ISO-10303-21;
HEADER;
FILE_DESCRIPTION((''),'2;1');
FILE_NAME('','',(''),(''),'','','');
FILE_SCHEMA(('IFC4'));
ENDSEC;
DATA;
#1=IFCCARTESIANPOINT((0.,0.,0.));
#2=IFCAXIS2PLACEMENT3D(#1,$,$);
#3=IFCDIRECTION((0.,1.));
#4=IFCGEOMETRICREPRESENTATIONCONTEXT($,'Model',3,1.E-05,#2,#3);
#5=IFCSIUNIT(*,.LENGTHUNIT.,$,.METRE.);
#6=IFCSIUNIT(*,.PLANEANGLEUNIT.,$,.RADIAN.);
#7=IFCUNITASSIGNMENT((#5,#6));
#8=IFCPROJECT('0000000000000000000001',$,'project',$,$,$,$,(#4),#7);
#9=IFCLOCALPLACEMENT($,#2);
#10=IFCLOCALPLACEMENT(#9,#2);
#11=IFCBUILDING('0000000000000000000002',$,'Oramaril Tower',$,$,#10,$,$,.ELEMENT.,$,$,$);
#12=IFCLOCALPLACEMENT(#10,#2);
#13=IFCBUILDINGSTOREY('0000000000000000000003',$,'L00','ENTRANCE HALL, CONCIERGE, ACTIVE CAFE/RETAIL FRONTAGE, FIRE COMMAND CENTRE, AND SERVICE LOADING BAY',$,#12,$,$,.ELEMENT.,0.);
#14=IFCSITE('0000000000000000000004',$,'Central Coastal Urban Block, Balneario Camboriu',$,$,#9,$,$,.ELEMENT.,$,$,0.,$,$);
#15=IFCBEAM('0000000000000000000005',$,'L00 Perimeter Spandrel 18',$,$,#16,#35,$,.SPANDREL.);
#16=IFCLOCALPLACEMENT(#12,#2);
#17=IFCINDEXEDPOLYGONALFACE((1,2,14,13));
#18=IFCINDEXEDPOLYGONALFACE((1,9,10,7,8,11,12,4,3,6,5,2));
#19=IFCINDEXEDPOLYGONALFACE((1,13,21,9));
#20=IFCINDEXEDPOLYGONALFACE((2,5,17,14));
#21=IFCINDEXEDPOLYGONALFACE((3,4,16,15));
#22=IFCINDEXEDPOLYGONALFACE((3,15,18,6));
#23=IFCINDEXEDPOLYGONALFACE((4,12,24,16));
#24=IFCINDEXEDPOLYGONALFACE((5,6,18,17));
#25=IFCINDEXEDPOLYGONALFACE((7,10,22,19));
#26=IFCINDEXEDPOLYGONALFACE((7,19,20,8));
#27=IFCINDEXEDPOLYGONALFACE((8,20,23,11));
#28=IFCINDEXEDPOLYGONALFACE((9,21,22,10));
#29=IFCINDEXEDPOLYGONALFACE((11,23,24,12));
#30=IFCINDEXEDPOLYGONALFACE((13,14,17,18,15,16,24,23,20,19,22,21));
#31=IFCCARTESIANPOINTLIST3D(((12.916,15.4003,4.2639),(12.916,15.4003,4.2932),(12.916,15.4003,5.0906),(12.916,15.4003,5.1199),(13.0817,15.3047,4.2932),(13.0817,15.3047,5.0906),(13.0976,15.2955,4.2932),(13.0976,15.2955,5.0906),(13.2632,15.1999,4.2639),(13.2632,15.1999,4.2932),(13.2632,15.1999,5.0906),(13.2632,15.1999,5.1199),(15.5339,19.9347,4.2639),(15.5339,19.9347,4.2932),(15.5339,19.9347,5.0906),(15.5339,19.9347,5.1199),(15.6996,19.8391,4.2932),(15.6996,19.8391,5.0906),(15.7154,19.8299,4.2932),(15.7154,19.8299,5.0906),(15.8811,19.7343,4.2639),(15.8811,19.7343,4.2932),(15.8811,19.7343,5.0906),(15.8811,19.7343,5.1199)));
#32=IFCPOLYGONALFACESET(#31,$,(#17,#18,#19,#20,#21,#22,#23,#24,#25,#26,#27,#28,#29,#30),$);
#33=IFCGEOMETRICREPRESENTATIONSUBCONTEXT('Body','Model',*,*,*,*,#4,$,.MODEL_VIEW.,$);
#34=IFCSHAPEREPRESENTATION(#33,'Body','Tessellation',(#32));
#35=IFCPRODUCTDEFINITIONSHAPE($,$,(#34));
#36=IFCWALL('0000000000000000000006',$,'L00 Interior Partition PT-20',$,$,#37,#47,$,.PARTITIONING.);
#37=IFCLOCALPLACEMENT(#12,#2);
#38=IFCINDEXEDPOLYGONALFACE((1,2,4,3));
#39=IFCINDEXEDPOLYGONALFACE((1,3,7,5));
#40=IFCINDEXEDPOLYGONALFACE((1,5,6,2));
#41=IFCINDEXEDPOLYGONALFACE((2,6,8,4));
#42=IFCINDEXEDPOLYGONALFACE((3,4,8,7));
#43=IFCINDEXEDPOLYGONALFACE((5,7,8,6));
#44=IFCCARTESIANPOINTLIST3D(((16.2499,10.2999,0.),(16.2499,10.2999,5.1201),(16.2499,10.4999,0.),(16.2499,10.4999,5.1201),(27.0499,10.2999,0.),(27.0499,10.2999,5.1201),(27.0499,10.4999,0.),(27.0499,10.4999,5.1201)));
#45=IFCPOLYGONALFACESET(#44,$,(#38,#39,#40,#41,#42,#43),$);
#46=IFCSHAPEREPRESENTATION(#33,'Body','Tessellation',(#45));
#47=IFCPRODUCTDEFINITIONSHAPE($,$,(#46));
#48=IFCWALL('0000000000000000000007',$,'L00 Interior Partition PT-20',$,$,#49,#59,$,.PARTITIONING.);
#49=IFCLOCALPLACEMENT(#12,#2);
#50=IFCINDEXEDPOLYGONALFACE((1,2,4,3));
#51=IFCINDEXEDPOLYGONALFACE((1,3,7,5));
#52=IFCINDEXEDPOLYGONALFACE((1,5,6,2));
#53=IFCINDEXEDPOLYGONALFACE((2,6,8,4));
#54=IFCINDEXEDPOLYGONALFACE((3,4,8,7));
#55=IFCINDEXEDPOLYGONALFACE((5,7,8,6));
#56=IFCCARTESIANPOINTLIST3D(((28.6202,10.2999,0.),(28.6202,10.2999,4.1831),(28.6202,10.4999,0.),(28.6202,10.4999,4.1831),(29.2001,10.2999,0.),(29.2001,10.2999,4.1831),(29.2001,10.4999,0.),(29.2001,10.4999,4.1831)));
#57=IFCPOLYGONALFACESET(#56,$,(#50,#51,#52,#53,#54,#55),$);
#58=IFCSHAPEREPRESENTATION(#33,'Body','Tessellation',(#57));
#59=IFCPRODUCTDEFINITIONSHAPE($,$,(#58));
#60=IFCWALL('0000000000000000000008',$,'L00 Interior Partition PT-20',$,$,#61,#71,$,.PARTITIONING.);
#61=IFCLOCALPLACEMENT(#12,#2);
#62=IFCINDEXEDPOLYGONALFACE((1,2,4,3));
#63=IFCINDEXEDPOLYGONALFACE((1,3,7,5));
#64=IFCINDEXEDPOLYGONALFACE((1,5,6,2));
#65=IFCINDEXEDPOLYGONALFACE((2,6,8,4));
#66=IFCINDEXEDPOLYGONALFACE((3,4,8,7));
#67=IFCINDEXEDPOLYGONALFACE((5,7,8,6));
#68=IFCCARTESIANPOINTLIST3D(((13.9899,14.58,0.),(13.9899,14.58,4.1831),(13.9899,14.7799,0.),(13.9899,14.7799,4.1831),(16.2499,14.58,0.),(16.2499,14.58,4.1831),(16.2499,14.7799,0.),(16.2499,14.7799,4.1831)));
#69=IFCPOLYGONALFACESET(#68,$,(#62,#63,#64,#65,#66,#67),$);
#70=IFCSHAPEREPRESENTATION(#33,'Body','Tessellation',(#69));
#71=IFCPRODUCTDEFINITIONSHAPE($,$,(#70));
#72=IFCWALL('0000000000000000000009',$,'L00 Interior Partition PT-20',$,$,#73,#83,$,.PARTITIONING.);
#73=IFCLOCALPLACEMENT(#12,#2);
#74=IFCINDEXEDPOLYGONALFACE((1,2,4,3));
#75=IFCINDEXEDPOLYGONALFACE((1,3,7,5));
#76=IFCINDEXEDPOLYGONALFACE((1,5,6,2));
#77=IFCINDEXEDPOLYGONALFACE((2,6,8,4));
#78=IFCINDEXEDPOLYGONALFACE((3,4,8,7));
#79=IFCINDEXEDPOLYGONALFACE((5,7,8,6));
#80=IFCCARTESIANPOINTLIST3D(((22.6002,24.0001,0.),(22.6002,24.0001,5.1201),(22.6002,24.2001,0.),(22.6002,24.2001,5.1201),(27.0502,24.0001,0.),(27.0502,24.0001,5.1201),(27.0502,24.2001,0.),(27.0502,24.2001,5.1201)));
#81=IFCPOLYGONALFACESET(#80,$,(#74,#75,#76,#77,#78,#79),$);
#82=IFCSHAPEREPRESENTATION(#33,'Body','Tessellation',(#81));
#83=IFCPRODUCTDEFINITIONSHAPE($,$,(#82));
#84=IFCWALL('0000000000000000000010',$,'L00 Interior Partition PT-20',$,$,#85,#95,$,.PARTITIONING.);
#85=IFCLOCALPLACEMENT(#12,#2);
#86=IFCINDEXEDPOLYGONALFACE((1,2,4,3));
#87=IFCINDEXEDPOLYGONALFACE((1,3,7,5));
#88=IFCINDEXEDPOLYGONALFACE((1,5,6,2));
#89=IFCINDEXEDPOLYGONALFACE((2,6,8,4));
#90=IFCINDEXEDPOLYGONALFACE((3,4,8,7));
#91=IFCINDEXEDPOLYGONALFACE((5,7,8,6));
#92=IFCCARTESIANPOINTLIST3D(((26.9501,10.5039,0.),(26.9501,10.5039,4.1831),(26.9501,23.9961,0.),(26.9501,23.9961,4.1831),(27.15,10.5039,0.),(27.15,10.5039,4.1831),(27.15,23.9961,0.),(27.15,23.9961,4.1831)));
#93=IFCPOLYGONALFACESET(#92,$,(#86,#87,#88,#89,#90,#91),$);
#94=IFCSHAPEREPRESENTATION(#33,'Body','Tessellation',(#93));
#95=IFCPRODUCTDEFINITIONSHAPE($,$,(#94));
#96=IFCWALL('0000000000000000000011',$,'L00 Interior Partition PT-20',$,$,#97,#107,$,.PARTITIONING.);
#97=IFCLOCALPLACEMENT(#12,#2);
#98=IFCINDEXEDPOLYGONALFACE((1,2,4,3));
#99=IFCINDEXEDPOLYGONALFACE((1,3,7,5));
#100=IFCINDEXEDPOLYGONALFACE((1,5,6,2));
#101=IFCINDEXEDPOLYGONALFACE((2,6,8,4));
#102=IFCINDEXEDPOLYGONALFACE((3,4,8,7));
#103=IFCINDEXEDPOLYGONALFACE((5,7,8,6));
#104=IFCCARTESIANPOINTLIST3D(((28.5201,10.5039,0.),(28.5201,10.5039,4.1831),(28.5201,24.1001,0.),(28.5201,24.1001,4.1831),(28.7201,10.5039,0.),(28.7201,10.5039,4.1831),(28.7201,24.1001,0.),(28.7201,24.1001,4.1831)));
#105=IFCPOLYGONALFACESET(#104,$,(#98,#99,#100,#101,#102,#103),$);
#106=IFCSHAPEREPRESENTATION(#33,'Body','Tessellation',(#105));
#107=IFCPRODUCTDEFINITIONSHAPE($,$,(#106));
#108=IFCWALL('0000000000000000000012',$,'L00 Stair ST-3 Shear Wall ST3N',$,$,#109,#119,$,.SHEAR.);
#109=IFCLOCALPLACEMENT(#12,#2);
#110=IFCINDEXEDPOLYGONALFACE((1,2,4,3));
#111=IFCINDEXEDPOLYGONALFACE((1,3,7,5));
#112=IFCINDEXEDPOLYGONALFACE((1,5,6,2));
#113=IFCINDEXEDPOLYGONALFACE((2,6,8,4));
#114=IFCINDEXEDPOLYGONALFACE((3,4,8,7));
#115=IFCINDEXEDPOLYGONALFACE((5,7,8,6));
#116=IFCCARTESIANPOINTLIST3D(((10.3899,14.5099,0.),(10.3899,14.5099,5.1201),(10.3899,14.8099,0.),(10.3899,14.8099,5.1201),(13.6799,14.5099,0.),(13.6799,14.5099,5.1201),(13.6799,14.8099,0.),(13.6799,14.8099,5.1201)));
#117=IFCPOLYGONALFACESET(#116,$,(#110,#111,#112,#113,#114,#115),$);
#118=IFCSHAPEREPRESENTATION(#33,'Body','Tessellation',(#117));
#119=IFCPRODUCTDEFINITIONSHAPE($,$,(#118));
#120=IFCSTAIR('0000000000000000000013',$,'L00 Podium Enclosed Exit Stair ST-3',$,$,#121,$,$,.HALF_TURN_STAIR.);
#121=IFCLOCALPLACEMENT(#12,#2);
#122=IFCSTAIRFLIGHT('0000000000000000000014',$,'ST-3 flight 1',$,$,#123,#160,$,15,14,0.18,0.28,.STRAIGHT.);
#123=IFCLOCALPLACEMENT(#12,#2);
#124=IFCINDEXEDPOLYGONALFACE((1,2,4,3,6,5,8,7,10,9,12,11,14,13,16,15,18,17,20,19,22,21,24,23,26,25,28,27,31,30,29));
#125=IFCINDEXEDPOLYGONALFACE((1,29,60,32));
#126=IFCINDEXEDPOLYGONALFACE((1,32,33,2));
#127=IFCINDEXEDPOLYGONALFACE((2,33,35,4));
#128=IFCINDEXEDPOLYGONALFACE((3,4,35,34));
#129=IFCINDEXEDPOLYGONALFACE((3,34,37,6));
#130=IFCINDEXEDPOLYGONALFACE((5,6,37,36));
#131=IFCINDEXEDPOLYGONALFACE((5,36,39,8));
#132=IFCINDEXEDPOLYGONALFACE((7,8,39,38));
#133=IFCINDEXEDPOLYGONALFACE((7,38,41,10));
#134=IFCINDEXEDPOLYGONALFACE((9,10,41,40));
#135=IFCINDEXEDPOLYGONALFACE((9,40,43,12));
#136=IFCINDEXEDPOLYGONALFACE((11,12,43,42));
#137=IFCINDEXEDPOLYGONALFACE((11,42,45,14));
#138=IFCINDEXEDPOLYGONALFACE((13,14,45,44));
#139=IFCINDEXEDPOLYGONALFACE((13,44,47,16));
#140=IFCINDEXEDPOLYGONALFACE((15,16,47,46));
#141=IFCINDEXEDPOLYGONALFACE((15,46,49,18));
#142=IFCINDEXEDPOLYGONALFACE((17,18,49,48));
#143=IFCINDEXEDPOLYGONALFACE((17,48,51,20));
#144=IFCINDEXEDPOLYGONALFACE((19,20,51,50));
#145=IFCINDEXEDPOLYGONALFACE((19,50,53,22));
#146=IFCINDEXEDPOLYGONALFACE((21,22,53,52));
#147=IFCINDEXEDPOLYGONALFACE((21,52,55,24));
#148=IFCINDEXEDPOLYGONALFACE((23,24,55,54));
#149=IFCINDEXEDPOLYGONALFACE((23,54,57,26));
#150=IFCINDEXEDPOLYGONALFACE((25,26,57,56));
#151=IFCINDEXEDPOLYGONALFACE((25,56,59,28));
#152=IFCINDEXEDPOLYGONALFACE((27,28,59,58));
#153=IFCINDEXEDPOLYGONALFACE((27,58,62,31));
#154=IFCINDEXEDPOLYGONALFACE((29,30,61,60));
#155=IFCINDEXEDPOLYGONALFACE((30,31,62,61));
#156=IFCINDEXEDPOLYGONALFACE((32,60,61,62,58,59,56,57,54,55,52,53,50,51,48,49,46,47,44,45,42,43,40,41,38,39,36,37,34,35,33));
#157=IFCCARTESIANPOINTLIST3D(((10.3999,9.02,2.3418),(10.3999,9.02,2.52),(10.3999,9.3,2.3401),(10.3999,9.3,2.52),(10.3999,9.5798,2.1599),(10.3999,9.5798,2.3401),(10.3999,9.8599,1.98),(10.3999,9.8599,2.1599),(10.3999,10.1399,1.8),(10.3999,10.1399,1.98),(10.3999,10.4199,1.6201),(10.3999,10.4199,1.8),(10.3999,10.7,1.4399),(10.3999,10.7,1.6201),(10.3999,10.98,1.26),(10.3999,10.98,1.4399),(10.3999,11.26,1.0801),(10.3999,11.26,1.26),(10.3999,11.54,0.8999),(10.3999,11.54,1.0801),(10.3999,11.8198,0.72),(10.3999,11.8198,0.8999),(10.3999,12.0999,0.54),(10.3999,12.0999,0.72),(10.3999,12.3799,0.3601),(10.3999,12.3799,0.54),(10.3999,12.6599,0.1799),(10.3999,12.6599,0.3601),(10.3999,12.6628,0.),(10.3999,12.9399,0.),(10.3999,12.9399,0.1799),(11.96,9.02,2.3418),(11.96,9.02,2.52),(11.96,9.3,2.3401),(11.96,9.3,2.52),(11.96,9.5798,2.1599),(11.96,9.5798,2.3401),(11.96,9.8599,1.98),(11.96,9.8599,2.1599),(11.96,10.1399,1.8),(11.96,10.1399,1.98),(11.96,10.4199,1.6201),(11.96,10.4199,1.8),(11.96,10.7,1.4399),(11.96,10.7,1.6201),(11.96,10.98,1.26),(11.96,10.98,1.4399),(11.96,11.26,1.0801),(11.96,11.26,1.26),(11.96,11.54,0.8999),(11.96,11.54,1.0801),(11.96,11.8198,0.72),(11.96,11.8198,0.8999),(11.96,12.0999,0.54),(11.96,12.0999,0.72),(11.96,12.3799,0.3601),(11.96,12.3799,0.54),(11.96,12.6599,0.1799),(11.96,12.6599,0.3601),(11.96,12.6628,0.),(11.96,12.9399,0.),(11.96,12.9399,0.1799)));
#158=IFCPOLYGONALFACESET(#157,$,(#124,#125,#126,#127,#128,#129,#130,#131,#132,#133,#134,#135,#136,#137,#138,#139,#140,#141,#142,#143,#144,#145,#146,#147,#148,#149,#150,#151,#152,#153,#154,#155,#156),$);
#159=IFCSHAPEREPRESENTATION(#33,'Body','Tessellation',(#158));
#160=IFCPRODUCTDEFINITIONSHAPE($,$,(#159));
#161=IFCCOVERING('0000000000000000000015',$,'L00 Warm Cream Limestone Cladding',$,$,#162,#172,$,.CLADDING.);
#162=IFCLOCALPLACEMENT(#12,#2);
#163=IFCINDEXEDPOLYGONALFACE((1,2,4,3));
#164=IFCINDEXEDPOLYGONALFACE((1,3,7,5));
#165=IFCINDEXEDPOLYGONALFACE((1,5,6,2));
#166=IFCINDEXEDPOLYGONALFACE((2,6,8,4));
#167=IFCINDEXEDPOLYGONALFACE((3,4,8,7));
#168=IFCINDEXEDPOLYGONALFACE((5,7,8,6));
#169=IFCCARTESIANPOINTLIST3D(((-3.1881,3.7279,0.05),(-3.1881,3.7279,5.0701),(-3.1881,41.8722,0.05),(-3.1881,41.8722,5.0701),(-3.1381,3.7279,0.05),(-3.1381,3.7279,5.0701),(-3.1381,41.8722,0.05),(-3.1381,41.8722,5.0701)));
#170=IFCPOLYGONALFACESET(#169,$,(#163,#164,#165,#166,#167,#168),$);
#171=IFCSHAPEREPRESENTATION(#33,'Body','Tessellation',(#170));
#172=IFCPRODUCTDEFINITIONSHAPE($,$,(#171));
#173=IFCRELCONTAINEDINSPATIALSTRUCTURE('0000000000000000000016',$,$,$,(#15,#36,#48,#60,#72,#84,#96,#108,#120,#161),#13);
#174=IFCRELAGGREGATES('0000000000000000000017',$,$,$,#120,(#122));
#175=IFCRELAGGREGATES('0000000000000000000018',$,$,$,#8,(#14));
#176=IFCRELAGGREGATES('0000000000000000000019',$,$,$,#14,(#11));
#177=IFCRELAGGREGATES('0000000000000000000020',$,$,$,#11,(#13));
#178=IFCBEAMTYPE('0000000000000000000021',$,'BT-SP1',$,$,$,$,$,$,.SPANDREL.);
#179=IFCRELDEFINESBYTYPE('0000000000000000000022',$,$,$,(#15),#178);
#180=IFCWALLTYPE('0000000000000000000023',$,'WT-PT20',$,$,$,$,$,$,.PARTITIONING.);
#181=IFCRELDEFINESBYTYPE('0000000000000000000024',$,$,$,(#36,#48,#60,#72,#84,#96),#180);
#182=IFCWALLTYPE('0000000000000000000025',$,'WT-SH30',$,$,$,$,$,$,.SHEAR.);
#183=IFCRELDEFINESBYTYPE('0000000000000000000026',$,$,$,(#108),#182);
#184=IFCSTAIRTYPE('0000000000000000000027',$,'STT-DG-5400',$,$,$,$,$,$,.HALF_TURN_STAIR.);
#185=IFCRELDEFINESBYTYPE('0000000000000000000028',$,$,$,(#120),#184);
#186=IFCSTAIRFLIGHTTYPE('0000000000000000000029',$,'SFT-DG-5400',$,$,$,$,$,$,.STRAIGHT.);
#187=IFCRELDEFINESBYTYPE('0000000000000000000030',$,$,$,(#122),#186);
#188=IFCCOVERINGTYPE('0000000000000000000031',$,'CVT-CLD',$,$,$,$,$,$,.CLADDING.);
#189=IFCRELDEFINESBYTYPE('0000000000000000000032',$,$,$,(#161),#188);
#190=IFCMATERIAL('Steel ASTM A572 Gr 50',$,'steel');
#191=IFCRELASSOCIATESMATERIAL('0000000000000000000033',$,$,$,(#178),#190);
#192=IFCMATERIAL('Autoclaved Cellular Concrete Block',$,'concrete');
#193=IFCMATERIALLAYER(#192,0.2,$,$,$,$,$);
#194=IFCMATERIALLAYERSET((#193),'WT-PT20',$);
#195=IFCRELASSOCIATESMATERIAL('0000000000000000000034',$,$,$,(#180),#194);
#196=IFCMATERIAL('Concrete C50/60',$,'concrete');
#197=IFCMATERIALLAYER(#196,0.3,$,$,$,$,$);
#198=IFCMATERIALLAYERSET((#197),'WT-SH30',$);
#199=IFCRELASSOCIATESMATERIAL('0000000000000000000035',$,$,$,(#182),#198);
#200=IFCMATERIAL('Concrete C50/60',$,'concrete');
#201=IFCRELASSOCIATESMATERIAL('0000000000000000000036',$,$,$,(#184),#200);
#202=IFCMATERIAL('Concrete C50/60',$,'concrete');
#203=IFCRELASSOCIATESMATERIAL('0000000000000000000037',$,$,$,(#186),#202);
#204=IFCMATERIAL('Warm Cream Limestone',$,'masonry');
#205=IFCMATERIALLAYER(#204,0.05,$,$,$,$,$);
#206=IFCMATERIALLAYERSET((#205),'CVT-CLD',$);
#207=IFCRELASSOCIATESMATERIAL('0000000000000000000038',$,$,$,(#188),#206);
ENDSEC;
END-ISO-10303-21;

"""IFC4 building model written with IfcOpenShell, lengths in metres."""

from ifc_helpers import new_model, si_unit, direction, frame, frame_2d, origin, origin_2d, place, context, subcontext, project, spatial, polyline, rectangle, i_section, outline, extrude, material, layer, layer_set, material_profile, profile_set, type_object, element, aggregate, save


model = new_model("IFC4")

# Units and contexts
model_context = context("Model", 3, precision=1e-05, world=origin(), true_north=direction((0.0, 1.0)))
body_context = subcontext(model_context, "Body", "Model", "MODEL_VIEW")
ifc_project = project(units=[si_unit("LENGTHUNIT", "METRE"), si_unit("PLANEANGLEUNIT", "RADIAN")], contexts=[model_context])

# Site, building, storey
site_placement = place(None, origin())
site = spatial("IfcSite", under=ifc_project, at=site_placement, Name="Central Coastal Urban Block, Balneario Camboriu", CompositionType="ELEMENT", RefElevation=0.0)
building_placement = place(site_placement, origin())
building = spatial("IfcBuilding", under=site, at=building_placement, Name="Oramaril Tower", CompositionType="ELEMENT")
storey_placement = place(building_placement, origin())
storey = spatial("IfcBuildingStorey", under=building, at=storey_placement, Name="L00", Description="ENTRANCE HALL, CONCIERGE, ACTIVE CAFE/RETAIL FRONTAGE, FIRE COMMAND CENTRE, AND SERVICE LOADING BAY", CompositionType="ELEMENT", Elevation=0.0)

# Beam
ifc_material_1 = material(Name="Steel ASTM A572 Gr 50", Category="steel")
ifc_material_profile_1 = material_profile(ifc_material_1, i_section(OverallWidth=0.4009, OverallDepth=0.856, WebThickness=0.0183, FlangeThickness=0.0293, at=origin_2d()), Name="W33X201")
ifc_profile_set_1 = profile_set([ifc_material_profile_1], Name="Steel ASTM A572 Gr 50")
beam_type_1 = type_object("IfcBeamType", Name="BT-SP1", PredefinedType="SPANDREL", material=ifc_profile_set_1)
beam_1_placement = place(storey_placement, frame((15.7075, 19.8345, 4.6919), z_axis=(-0.499996, -0.866028, 0.0), x_axis=(0.866028, -0.499996, 0.0)))
element("IfcBeam", 1, at=beam_1_placement, inside=storey, type_object=beam_type_1, Name="L00 Perimeter Spandrel 18", PredefinedType="SPANDREL", context=body_context, shape_type="SweptSolid", body=[
    extrude(i_section(OverallWidth=0.4009, OverallDepth=0.856, WebThickness=0.0183, FlangeThickness=0.0293, at=origin_2d()), origin(), (0.0, 0.0, 1.0), 5.2358),
])

# Walls
ifc_material_2 = material(Name="Autoclaved Cellular Concrete Block", Category="concrete")
ifc_layer_1 = layer(ifc_material_2, 0.2)
ifc_layer_set_1 = layer_set([ifc_layer_1], Name="WT-PT20")
wall_type_1 = type_object("IfcWallType", Name="WT-PT20", PredefinedType="PARTITIONING", material=ifc_layer_set_1)
wall_1_placement = place(storey_placement, frame((16.25, 10.3999, 0.0), z_axis=(0.0, 0.0, 1.0), x_axis=(1.0, 0.0, 0.0)))
element("IfcWall", 2, at=wall_1_placement, inside=storey, type_object=wall_type_1, Name="L00 Interior Partition PT-20", PredefinedType="PARTITIONING", context=body_context, shape_type="SweptSolid", body=[
    extrude(rectangle(XDim=10.8, YDim=0.2, at=frame_2d((5.3999, 0.0))), origin(), (0.0, 0.0, 1.0), 5.1201),
])
wall_2_placement = place(storey_placement, frame((28.6201, 10.3999, 0.0), z_axis=(0.0, 0.0, 1.0), x_axis=(1.0, 0.0, 0.0)))
element("IfcWall", 3, at=wall_2_placement, inside=storey, type_object=wall_type_1, Name="L00 Interior Partition PT-20", PredefinedType="PARTITIONING", context=body_context, shape_type="SweptSolid", body=[
    extrude(rectangle(XDim=0.5798, YDim=0.2, at=frame_2d((0.29, 0.0))), origin(), (0.0, 0.0, 1.0), 4.1831),
])
wall_3_placement = place(storey_placement, frame((13.99, 14.6799, 0.0), z_axis=(0.0, 0.0, 1.0), x_axis=(1.0, 0.0, 0.0)))
element("IfcWall", 4, at=wall_3_placement, inside=storey, type_object=wall_type_1, Name="L00 Interior Partition PT-20", PredefinedType="PARTITIONING", context=body_context, shape_type="SweptSolid", body=[
    extrude(rectangle(XDim=2.26, YDim=0.2, at=frame_2d((1.1299, 0.0))), origin(), (0.0, 0.0, 1.0), 4.1831),
])
wall_4_placement = place(storey_placement, frame((22.6001, 24.1001, 0.0), z_axis=(0.0, 0.0, 1.0), x_axis=(1.0, 0.0, 0.0)))
element("IfcWall", 5, at=wall_4_placement, inside=storey, type_object=wall_type_1, Name="L00 Interior Partition PT-20", PredefinedType="PARTITIONING", context=body_context, shape_type="SweptSolid", body=[
    extrude(rectangle(XDim=4.45, YDim=0.2, at=frame_2d((2.2251, 0.0))), origin(), (0.0, 0.0, 1.0), 5.1201),
])

# Walls
wall_5_placement = place(storey_placement, frame((27.05, 10.5039, 0.0), z_axis=(0.0, 0.0, 1.0), x_axis=(0.0, 1.0, 0.0)))
element("IfcWall", 6, at=wall_5_placement, inside=storey, type_object=wall_type_1, Name="L00 Interior Partition PT-20", PredefinedType="PARTITIONING", context=body_context, shape_type="SweptSolid", body=[
    extrude(rectangle(XDim=13.4922, YDim=0.2, at=frame_2d((6.7461, 0.0))), origin(), (0.0, 0.0, 1.0), 4.1831),
])
wall_6_placement = place(storey_placement, frame((28.6201, 10.5039, 0.0), z_axis=(0.0, 0.0, 1.0), x_axis=(0.0, 1.0, 0.0)))
element("IfcWall", 7, at=wall_6_placement, inside=storey, type_object=wall_type_1, Name="L00 Interior Partition PT-20", PredefinedType="PARTITIONING", context=body_context, shape_type="SweptSolid", body=[
    extrude(rectangle(XDim=13.5962, YDim=0.2, at=frame_2d((6.7981, 0.0))), origin(), (0.0, 0.0, 1.0), 4.1831),
])
ifc_material_3 = material(Name="Concrete C50/60", Category="concrete")
ifc_layer_2 = layer(ifc_material_3, 0.3)
ifc_layer_set_2 = layer_set([ifc_layer_2], Name="WT-SH30")
wall_type_2 = type_object("IfcWallType", Name="WT-SH30", PredefinedType="SHEAR", material=ifc_layer_set_2)
wall_7_placement = place(storey_placement, frame((10.3899, 14.6599, 0.0), z_axis=(0.0, 0.0, 1.0), x_axis=(1.0, 0.0, 0.0)))
element("IfcWall", 8, at=wall_7_placement, inside=storey, type_object=wall_type_2, Name="L00 Stair ST-3 Shear Wall ST3N", PredefinedType="SHEAR", context=body_context, shape_type="SweptSolid", body=[
    extrude(rectangle(XDim=3.29, YDim=0.3, at=frame_2d((1.645, 0.0))), origin(), (0.0, 0.0, 1.0), 5.1201),
])

# Stair, stair flight
ifc_material_4 = material(Name="Concrete C50/60", Category="concrete")
stair_type = type_object("IfcStairType", Name="STT-DG-5400", PredefinedType="HALF_TURN_STAIR", material=ifc_material_4)
stair_placement = place(storey_placement, origin())
stair = element("IfcStair", 9, at=stair_placement, inside=storey, type_object=stair_type, Name="L00 Podium Enclosed Exit Stair ST-3", PredefinedType="HALF_TURN_STAIR")
ifc_material_5 = material(Name="Concrete C50/60", Category="concrete")
stair_flight_type = type_object("IfcStairFlightType", Name="SFT-DG-5400", PredefinedType="STRAIGHT", material=ifc_material_5)
stair_flight_placement = place(storey_placement, frame((11.1799, 12.9399, 0.0), z_axis=(0.0, 0.0, 1.0), x_axis=(0.0, -1.0, 0.0)))
stair_flight = element("IfcStairFlight", 10, at=stair_flight_placement, type_object=stair_flight_type, Name="ST-3 flight 1", NumberOfRisers=15, NumberOfTreads=14, PredefinedType="STRAIGHT", RiserHeight=0.18, TreadLength=0.28, context=body_context, shape_type="SweptSolid", body=[
    extrude(outline(polyline([(0.0, 0.0), (0.0, 0.1799), (0.28, 0.1799), (0.28, 0.3601), (0.5601, 0.3601), (0.5601, 0.54), (0.8401, 0.54), (0.8401, 0.72), (1.1201, 0.72), (1.1201, 0.8999), (1.3999, 0.8999), (1.3999, 1.0801), (1.6799, 1.0801), (1.6799, 1.26), (1.96, 1.26), (1.96, 1.4399), (2.24, 1.4399), (2.24, 1.6201), (2.52, 1.6201), (2.52, 1.8), (2.8, 1.8), (2.8, 1.98), (3.0801, 1.98), (3.0801, 2.1599), (3.3601, 2.1599), (3.3601, 2.3401), (3.6399, 2.3401), (3.6399, 2.52), (3.9199, 2.52), (3.9199, 2.7), (3.9199, 2.3418), (0.2771, 0.0), (0.0, 0.0)])), frame((0.0, 0.78, 0.0), z_axis=(0.0, -1.0, 0.0), x_axis=(1.0, 0.0, 0.0)), (0.0, 0.0, 1.0), 1.5601),
])
aggregate(stair, [stair_flight])

# Covering
ifc_material_6 = material(Name="Warm Cream Limestone", Category="masonry")
ifc_layer_3 = layer(ifc_material_6, 0.05)
ifc_layer_set_3 = layer_set([ifc_layer_3], Name="CVT-CLD")
covering_type = type_object("IfcCoveringType", Name="CVT-CLD", PredefinedType="CLADDING", material=ifc_layer_set_3)
covering_placement = place(storey_placement, frame((-3.1631, 22.8, 0.05), z_axis=(0.0, 0.0, 1.0), x_axis=(0.0, 1.0, 0.0)))
element("IfcCovering", 11, at=covering_placement, inside=storey, type_object=covering_type, Name="L00 Warm Cream Limestone Cladding", PredefinedType="CLADDING", context=body_context, shape_type="SweptSolid", body=[
    extrude(rectangle(XDim=38.1443, YDim=0.05, at=origin_2d()), origin(), (0.0, 0.0, 1.0), 5.02),
])

save(model, "model.ifc")
